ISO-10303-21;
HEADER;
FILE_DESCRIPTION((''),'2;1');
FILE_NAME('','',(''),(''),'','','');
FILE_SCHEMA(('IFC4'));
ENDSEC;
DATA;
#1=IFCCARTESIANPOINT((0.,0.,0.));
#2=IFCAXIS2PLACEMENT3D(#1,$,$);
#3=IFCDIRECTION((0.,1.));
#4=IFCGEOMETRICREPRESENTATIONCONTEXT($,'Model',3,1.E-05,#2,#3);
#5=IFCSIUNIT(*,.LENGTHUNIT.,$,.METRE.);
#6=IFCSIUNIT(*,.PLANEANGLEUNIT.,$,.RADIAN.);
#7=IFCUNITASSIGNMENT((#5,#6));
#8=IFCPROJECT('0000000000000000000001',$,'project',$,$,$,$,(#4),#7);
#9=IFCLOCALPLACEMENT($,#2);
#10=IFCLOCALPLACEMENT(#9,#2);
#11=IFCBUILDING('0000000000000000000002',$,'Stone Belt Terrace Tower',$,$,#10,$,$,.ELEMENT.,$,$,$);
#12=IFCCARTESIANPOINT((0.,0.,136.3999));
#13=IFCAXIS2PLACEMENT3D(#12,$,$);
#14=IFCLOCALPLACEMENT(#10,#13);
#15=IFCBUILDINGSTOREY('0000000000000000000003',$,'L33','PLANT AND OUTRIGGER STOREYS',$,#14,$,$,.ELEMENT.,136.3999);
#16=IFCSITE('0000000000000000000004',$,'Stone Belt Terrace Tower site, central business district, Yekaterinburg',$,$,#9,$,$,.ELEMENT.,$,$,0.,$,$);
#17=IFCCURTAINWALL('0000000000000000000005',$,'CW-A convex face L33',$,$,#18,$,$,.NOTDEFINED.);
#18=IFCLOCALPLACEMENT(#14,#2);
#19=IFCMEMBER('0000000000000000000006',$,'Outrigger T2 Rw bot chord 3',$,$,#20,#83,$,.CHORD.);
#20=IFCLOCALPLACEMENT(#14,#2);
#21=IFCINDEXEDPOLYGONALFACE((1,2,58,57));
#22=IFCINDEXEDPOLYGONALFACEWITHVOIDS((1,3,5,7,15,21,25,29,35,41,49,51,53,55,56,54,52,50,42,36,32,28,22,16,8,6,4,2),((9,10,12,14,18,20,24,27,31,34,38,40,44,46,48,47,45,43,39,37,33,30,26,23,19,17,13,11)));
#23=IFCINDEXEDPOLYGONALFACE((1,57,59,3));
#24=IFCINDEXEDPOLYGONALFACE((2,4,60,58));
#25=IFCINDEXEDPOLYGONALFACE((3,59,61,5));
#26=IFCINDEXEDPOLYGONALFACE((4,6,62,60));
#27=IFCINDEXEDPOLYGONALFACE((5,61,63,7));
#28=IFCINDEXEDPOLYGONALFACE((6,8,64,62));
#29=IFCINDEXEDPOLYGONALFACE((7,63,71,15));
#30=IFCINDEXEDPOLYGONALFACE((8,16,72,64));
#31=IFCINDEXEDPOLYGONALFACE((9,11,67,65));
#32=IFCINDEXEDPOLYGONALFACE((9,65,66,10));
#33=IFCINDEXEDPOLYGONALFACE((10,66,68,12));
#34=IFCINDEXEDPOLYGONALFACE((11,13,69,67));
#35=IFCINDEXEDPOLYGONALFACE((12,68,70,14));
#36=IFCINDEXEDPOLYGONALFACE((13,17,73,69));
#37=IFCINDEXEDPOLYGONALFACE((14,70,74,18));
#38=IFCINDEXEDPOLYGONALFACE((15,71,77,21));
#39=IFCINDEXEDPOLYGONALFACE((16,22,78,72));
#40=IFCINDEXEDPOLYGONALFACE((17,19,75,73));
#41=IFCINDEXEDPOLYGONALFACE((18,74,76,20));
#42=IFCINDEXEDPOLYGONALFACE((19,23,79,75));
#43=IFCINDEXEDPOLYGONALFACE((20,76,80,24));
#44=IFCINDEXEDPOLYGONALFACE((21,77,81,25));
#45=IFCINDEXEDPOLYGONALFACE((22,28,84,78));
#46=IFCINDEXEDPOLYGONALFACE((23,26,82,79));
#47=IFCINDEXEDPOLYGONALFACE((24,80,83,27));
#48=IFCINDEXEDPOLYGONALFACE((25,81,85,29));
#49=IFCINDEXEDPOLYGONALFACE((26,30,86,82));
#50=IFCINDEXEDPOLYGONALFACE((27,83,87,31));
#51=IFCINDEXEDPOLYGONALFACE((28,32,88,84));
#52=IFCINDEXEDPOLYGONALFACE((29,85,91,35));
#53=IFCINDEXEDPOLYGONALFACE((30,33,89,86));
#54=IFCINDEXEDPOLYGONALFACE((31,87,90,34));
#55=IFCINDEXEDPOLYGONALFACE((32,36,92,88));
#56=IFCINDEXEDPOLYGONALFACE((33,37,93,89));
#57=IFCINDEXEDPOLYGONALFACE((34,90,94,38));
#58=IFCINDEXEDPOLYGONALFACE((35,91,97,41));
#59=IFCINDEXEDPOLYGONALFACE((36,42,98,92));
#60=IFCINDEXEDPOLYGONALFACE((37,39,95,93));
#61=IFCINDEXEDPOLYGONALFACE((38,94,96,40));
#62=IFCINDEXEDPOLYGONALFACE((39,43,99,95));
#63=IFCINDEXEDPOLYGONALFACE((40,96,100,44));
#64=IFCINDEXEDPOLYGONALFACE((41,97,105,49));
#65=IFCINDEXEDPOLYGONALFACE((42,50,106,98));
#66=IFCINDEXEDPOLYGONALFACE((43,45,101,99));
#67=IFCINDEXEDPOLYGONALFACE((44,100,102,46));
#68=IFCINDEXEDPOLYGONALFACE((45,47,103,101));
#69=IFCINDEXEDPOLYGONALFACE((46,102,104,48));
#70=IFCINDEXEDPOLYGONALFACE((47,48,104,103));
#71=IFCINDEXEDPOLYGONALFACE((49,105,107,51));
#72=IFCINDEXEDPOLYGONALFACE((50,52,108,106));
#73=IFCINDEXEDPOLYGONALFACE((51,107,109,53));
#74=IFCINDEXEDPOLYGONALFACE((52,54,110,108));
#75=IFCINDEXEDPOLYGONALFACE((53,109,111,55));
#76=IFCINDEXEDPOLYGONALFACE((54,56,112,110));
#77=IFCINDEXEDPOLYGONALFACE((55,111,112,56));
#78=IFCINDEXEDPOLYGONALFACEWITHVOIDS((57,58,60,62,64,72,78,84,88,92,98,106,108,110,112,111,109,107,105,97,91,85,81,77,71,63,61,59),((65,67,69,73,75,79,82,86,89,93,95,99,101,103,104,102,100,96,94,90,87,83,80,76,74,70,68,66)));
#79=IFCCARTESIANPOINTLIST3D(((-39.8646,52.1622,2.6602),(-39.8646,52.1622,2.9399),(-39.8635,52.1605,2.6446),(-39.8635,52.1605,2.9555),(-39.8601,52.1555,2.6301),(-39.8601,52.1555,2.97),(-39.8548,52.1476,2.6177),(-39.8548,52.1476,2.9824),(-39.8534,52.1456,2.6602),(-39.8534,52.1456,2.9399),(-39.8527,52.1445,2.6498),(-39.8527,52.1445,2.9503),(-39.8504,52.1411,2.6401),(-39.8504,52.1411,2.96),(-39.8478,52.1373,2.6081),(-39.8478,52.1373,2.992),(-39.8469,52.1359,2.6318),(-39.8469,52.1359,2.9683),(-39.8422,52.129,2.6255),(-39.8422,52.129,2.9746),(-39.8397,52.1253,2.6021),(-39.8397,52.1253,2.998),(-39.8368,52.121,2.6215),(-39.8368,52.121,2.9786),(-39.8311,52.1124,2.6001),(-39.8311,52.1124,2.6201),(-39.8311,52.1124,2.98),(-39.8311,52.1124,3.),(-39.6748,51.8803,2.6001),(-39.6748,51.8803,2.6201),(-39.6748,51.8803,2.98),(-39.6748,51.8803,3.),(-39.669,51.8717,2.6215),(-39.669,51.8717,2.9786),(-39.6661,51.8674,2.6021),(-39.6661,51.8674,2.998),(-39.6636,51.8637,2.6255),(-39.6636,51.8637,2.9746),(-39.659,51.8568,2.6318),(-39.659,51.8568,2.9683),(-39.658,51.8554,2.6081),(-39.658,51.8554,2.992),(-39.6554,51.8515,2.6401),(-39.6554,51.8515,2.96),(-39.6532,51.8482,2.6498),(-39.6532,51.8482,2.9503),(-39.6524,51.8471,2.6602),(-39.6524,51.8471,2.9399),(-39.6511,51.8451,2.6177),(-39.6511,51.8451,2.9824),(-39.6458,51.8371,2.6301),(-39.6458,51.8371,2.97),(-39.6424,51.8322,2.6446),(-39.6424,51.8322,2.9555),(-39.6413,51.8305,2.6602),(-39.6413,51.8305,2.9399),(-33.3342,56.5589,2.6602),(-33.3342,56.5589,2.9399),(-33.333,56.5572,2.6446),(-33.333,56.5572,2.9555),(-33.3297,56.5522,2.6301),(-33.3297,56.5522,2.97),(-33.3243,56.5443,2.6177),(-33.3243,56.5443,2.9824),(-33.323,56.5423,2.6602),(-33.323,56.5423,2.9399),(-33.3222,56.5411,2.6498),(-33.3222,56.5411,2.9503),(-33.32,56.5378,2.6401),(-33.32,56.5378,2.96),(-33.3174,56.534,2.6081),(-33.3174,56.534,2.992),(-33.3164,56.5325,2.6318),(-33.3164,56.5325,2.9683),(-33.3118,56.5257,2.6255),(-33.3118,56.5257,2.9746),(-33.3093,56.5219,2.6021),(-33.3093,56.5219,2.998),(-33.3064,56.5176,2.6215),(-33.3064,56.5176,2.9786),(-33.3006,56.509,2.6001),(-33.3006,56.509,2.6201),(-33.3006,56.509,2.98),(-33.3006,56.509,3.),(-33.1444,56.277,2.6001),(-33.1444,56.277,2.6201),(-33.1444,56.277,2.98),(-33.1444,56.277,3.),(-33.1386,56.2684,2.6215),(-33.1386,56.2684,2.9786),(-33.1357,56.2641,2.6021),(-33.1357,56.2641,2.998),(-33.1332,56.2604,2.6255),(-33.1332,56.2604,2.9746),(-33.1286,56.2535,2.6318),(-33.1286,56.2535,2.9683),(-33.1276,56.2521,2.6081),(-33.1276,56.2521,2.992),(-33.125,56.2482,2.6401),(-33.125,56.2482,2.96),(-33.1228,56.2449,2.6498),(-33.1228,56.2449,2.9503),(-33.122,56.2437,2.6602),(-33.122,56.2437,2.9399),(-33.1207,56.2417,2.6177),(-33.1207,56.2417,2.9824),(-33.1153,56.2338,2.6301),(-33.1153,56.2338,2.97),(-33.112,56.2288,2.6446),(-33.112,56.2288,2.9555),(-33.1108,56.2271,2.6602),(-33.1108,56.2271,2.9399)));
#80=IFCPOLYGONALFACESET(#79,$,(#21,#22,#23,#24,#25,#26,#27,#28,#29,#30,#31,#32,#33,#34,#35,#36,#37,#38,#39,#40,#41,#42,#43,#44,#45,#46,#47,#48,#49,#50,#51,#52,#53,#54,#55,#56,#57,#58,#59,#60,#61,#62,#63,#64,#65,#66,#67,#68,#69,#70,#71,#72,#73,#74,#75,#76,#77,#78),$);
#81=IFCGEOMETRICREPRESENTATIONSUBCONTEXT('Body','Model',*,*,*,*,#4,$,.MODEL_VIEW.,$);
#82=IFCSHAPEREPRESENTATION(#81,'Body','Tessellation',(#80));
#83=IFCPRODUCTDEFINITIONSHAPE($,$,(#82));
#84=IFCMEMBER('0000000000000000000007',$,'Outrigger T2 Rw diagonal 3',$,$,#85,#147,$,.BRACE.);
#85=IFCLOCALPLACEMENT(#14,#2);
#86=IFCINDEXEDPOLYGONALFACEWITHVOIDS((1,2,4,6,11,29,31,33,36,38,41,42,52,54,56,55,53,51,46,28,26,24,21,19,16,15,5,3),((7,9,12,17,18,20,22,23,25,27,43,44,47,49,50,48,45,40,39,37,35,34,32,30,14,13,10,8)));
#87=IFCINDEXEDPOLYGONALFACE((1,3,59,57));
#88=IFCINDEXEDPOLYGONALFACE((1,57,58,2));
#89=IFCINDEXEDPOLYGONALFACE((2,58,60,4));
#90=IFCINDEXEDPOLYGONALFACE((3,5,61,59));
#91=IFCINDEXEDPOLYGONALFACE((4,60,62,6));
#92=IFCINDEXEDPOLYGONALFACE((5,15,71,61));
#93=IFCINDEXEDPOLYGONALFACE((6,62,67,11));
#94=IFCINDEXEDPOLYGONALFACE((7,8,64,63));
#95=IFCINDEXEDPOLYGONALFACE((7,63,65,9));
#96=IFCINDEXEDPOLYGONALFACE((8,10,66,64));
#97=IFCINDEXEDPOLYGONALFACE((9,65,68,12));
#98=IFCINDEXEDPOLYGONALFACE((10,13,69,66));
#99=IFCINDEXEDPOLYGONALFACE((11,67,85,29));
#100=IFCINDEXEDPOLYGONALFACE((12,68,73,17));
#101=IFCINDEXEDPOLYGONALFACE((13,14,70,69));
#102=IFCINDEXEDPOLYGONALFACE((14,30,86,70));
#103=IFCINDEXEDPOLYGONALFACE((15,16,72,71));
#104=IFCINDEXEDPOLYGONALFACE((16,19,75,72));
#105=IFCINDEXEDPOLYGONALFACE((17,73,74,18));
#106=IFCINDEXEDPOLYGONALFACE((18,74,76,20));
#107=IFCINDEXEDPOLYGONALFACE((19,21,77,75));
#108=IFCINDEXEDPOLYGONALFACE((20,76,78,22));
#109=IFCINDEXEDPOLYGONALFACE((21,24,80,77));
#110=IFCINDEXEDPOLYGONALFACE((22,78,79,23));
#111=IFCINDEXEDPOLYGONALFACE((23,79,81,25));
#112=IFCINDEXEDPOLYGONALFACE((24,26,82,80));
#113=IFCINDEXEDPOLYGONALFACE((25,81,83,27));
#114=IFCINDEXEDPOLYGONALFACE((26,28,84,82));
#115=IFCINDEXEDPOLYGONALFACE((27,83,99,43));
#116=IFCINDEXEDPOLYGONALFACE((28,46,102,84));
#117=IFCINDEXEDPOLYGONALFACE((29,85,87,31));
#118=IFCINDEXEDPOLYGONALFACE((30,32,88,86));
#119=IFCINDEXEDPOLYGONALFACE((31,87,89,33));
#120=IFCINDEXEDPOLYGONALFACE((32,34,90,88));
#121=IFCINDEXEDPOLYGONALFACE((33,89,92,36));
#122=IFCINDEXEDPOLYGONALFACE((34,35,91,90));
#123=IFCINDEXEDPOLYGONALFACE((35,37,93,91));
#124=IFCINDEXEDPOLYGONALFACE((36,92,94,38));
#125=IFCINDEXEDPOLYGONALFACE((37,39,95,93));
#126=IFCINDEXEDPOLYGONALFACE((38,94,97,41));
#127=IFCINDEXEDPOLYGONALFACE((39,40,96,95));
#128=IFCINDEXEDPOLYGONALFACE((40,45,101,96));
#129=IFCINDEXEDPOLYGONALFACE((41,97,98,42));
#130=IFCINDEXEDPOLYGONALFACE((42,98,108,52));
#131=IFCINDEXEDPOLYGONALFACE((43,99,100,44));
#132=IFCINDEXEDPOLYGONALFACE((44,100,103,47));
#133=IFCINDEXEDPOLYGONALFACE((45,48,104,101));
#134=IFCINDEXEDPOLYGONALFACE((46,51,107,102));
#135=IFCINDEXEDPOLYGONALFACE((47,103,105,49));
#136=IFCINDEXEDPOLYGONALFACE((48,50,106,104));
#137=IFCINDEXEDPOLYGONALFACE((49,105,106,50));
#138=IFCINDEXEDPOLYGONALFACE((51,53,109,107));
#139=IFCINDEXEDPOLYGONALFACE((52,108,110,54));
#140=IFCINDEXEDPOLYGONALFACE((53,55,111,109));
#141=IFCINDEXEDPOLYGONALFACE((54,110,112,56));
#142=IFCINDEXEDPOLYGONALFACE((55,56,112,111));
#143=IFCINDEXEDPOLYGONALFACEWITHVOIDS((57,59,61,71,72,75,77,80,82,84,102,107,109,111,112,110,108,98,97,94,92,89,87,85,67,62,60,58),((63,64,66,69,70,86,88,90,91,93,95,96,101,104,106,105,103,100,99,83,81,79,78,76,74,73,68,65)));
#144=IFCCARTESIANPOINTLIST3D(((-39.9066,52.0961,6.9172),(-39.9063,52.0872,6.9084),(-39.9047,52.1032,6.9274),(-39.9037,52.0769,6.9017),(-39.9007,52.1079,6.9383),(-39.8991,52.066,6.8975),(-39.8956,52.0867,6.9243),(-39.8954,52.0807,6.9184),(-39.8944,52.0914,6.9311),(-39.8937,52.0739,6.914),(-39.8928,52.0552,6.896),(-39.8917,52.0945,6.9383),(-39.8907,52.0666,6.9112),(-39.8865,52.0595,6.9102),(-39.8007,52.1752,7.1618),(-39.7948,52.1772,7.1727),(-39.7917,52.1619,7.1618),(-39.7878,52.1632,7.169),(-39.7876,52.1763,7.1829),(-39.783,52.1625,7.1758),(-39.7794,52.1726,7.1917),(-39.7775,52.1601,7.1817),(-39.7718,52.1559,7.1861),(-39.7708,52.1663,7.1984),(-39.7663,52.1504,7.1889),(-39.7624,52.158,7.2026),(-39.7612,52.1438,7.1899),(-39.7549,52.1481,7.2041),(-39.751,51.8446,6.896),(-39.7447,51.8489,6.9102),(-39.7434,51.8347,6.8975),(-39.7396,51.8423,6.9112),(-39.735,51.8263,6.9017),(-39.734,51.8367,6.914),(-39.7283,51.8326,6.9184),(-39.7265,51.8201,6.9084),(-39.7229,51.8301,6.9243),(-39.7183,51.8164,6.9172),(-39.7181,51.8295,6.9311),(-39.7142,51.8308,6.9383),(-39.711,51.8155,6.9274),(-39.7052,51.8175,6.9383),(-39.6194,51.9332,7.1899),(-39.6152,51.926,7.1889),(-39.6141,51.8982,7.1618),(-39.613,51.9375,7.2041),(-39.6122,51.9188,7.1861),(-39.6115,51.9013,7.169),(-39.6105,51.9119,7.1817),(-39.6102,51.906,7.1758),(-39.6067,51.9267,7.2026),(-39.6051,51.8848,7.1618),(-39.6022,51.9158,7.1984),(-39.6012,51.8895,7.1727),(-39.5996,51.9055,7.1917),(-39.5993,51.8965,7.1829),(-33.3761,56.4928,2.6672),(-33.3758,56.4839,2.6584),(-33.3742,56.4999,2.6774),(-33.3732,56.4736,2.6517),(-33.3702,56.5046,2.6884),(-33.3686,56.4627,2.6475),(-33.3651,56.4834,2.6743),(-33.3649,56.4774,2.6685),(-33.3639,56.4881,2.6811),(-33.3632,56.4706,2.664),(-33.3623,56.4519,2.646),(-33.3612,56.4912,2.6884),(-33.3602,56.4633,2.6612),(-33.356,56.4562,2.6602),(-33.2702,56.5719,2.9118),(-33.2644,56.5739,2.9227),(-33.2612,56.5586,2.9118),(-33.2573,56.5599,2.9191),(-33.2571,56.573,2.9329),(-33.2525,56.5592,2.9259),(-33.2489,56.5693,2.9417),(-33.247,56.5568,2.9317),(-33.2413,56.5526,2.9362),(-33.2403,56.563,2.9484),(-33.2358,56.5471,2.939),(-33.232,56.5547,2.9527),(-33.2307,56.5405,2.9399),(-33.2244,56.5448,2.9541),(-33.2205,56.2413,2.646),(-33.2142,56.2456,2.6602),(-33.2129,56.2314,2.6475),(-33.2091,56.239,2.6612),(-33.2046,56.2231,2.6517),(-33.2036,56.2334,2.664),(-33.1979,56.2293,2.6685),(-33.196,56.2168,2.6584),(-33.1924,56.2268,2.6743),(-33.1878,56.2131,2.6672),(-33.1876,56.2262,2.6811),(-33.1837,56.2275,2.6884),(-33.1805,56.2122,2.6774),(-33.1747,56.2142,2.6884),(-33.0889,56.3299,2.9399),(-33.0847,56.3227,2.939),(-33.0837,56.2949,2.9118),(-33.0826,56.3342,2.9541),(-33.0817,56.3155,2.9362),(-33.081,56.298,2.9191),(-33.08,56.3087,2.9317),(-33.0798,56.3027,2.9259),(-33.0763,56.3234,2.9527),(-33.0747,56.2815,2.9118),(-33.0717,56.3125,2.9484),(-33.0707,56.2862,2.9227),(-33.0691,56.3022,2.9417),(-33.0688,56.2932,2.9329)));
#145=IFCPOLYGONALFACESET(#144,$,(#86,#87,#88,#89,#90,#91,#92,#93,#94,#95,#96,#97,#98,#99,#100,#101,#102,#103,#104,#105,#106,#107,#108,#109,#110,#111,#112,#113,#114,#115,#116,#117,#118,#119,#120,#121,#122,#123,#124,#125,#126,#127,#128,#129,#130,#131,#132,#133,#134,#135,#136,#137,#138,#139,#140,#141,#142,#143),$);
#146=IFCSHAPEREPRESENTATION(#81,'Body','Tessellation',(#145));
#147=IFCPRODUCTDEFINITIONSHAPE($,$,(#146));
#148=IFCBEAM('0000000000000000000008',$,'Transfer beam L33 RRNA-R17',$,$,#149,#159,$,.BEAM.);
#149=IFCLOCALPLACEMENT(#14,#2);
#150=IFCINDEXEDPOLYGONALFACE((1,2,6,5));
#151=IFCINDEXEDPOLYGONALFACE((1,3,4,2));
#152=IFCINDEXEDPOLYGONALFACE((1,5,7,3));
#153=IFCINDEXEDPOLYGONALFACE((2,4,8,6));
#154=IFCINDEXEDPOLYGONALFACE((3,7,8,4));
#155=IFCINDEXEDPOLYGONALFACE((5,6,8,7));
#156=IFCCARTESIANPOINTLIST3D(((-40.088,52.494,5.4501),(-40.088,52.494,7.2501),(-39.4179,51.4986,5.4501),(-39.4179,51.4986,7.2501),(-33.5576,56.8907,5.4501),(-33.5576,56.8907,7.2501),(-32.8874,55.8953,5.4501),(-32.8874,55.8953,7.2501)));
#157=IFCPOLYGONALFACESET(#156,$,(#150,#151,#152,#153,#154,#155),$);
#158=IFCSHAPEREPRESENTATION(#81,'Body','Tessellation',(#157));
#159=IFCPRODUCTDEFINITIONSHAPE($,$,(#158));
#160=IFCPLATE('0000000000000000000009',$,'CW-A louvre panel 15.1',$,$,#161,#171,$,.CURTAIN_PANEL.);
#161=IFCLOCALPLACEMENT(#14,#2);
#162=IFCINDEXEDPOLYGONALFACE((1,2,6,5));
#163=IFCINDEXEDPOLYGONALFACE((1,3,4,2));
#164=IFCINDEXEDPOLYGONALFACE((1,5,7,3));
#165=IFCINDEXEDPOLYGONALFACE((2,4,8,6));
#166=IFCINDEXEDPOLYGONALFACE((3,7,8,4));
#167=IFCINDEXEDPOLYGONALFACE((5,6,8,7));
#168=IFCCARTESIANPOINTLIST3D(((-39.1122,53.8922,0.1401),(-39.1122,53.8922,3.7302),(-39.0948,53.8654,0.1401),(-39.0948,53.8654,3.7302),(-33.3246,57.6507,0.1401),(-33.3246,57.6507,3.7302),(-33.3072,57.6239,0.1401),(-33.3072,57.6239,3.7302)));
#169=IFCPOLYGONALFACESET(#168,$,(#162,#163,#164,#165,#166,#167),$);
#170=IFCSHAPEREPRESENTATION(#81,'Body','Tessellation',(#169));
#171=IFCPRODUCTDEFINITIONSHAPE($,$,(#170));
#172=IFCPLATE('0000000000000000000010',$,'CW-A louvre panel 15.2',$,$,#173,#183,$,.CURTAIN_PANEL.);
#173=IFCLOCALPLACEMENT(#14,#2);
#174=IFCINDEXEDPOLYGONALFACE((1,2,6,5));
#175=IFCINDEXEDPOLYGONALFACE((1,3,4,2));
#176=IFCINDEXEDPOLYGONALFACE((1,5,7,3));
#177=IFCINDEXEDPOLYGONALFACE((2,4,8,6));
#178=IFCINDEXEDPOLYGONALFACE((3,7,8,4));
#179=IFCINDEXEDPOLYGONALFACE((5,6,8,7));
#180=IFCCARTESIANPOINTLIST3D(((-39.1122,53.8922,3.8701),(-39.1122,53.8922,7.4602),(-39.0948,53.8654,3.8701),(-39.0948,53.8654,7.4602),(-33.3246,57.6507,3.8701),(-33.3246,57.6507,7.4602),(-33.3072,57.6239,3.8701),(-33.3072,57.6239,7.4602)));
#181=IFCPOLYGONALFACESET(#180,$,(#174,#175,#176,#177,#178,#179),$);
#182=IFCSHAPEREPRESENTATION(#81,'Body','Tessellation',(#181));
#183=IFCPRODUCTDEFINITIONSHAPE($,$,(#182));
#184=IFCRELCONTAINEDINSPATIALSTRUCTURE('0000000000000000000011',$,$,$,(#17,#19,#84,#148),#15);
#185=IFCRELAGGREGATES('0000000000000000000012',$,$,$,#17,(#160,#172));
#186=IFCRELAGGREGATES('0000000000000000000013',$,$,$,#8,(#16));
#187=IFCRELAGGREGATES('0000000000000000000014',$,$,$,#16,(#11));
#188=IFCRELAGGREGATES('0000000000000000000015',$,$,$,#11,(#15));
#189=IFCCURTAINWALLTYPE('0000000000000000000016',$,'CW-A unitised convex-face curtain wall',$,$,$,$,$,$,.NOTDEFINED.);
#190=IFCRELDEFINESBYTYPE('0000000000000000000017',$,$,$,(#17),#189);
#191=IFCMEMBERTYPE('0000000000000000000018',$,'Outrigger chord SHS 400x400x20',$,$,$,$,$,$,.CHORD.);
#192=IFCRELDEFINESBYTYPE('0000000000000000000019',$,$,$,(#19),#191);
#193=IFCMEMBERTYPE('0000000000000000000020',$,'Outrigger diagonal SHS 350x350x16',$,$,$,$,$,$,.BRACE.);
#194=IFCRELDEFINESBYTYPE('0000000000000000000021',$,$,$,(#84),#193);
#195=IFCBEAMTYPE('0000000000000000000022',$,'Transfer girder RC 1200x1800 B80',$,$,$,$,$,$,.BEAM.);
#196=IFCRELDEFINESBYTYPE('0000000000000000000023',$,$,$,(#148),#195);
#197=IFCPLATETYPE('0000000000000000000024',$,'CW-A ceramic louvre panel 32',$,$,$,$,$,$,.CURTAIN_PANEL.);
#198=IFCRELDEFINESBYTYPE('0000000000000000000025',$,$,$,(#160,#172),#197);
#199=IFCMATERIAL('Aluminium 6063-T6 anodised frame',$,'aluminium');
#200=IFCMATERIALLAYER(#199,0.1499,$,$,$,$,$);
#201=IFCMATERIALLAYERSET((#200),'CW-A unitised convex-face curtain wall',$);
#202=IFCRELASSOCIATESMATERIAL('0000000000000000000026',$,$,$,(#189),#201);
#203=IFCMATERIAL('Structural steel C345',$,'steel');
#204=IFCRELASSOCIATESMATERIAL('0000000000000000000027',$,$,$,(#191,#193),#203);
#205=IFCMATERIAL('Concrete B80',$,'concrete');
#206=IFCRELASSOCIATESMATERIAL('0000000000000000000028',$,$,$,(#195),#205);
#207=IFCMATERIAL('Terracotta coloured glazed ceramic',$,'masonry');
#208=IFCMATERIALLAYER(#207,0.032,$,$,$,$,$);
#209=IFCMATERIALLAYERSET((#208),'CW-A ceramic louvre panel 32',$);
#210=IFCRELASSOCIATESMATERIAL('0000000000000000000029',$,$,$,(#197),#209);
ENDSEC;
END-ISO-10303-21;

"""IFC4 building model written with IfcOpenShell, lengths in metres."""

from ifc_helpers import new_model, si_unit, direction, frame, origin, origin_2d, place, context, subcontext, project, spatial, rectangle, hollow_rectangle, extrude, material, layer, layer_set, material_profile, profile_set, type_object, element, aggregate, save


model = new_model("IFC4")

# Units and contexts
model_context = context("Model", 3, precision=1e-05, world=origin(), true_north=direction((0.0, 1.0)))
body_context = subcontext(model_context, "Body", "Model", "MODEL_VIEW")
ifc_project = project(units=[si_unit("LENGTHUNIT", "METRE"), si_unit("PLANEANGLEUNIT", "RADIAN")], contexts=[model_context])

# Site, building, storey
site_placement = place(None, origin())
site = spatial("IfcSite", under=ifc_project, at=site_placement, Name="Stone Belt Terrace Tower site, central business district, Yekaterinburg", CompositionType="ELEMENT", RefElevation=0.0)
building_placement = place(site_placement, origin())
building = spatial("IfcBuilding", under=site, at=building_placement, Name="Stone Belt Terrace Tower", CompositionType="ELEMENT")
storey_placement = place(building_placement, frame((0.0, 0.0, 136.3999)))
storey = spatial("IfcBuildingStorey", under=building, at=storey_placement, Name="L33", Description="PLANT AND OUTRIGGER STOREYS", CompositionType="ELEMENT", Elevation=136.3999)

# Curtain wall
ifc_material_1 = material(Name="Aluminium 6063-T6 anodised frame", Category="aluminium")
ifc_layer_1 = layer(ifc_material_1, 0.1499)
ifc_layer_set_1 = layer_set([ifc_layer_1], Name="CW-A unitised convex-face curtain wall")
curtain_wall_type = type_object("IfcCurtainWallType", Name="CW-A unitised convex-face curtain wall", PredefinedType="NOTDEFINED", material=ifc_layer_set_1)
curtain_wall_placement = place(storey_placement, origin())
curtain_wall = element("IfcCurtainWall", 1, at=curtain_wall_placement, inside=storey, type_object=curtain_wall_type, Name="CW-A convex face L33", PredefinedType="NOTDEFINED")

# Members
ifc_material_2 = material(Name="Structural steel C345", Category="steel")
ifc_material_profile_1 = material_profile(ifc_material_2, hollow_rectangle(XDim=0.3999, YDim=0.3999, WallThickness=0.02, InnerFilletRadius=0.04, OuterFilletRadius=0.0601, at=origin_2d()), Name="SHS 400x400x20")
ifc_profile_set_1 = profile_set([ifc_material_profile_1], Name="Structural steel C345")
member_type_1 = type_object("IfcMemberType", Name="Outrigger chord SHS 400x400x20", PredefinedType="CHORD", material=ifc_profile_set_1)
for number, where, z_axis, x_axis, name in (
    (2, (-39.7529, 51.9963, 2.8), (0.829518, 0.55848, 0.0), (-0.55848, 0.829518, 0.0), "Outrigger T2 Rw bot chord 3"),
):
    element("IfcMember", number, at=place(storey_placement, frame(where, z_axis=z_axis, x_axis=x_axis)), inside=storey, type_object=member_type_1, Name=name, PredefinedType="CHORD", context=body_context, shape_type="SweptSolid", body=[
        extrude(hollow_rectangle(XDim=0.3999, YDim=0.3999, WallThickness=0.02, InnerFilletRadius=0.04, OuterFilletRadius=0.0601, at=origin_2d()), origin(), (0.0, 0.0, 1.0), 7.8726),
    ])
ifc_material_profile_2 = material_profile(ifc_material_2, hollow_rectangle(XDim=0.3501, YDim=0.3501, WallThickness=0.0161, InnerFilletRadius=0.032, OuterFilletRadius=0.0481, at=origin_2d()), Name="SHS 350x350x16")
ifc_profile_set_2 = profile_set([ifc_material_profile_2], Name="Structural steel C345")
member_type_2 = type_object("IfcMemberType", Name="Outrigger diagonal SHS 350x350x16", PredefinedType="BRACE", material=ifc_profile_set_2)
member_1_placement = place(storey_placement, frame((-39.7529, 51.9963, 7.05), z_axis=(0.729945, 0.491442, -0.475042), x_axis=(-0.55848, 0.829518, 0.0)))
element("IfcMember", 3, at=member_1_placement, inside=storey, type_object=member_type_2, Name="Outrigger T2 Rw diagonal 3", PredefinedType="BRACE", context=body_context, shape_type="SweptSolid", body=[
    extrude(hollow_rectangle(XDim=0.3501, YDim=0.3501, WallThickness=0.0161, InnerFilletRadius=0.032, OuterFilletRadius=0.0481, at=origin_2d()), origin(), (0.0, 0.0, 1.0), 8.9465),
])

# Beam
ifc_material_3 = material(Name="Concrete B80", Category="concrete")
ifc_material_profile_3 = material_profile(ifc_material_3, rectangle(XDim=1.2, YDim=1.8, at=origin_2d()), Name="RC 1200x1800")
ifc_profile_set_3 = profile_set([ifc_material_profile_3], Name="Concrete B80")
beam_type = type_object("IfcBeamType", Name="Transfer girder RC 1200x1800 B80", PredefinedType="BEAM", material=ifc_profile_set_3)
beam_placement = place(storey_placement, frame((-39.7529, 51.9963, 6.3501), z_axis=(0.829518, 0.55848, 0.0), x_axis=(-0.55848, 0.829518, 0.0)))
element("IfcBeam", 4, at=beam_placement, inside=storey, type_object=beam_type, Name="Transfer beam L33 RRNA-R17", PredefinedType="BEAM", context=body_context, shape_type="SweptSolid", body=[
    extrude(rectangle(XDim=1.2, YDim=1.8, at=origin_2d()), origin(), (0.0, 0.0, 1.0), 7.8726),
])

# Plates
ifc_material_4 = material(Name="Terracotta coloured glazed ceramic", Category="masonry")
ifc_layer_2 = layer(ifc_material_4, 0.032)
ifc_layer_set_2 = layer_set([ifc_layer_2], Name="CW-A ceramic louvre panel 32")
plate_type = type_object("IfcPlateType", Name="CW-A ceramic louvre panel 32", PredefinedType="CURTAIN_PANEL", material=ifc_layer_set_2)
plate_1_placement = place(storey_placement, frame((-36.2097, 55.7581, 0.1401), z_axis=(0.0, 0.0, 1.0), x_axis=(-0.838671, -0.544639, 0.0)))
plate_1 = element("IfcPlate", 5, at=plate_1_placement, type_object=plate_type, Name="CW-A louvre panel 15.1", PredefinedType="CURTAIN_PANEL", context=body_context, shape_type="SweptSolid", body=[
    extrude(rectangle(XDim=6.9009, YDim=0.032, at=origin_2d()), origin(), (0.0, 0.0, 1.0), 3.5901),
])
plate_2_placement = place(storey_placement, frame((-36.2097, 55.7581, 3.8701), z_axis=(0.0, 0.0, 1.0), x_axis=(-0.838671, -0.544639, 0.0)))
plate_2 = element("IfcPlate", 6, at=plate_2_placement, type_object=plate_type, Name="CW-A louvre panel 15.2", PredefinedType="CURTAIN_PANEL", context=body_context, shape_type="SweptSolid", body=[
    extrude(rectangle(XDim=6.9009, YDim=0.032, at=origin_2d()), origin(), (0.0, 0.0, 1.0), 3.5901),
])
aggregate(curtain_wall, [plate_1, plate_2])

save(model, "model.ifc")
